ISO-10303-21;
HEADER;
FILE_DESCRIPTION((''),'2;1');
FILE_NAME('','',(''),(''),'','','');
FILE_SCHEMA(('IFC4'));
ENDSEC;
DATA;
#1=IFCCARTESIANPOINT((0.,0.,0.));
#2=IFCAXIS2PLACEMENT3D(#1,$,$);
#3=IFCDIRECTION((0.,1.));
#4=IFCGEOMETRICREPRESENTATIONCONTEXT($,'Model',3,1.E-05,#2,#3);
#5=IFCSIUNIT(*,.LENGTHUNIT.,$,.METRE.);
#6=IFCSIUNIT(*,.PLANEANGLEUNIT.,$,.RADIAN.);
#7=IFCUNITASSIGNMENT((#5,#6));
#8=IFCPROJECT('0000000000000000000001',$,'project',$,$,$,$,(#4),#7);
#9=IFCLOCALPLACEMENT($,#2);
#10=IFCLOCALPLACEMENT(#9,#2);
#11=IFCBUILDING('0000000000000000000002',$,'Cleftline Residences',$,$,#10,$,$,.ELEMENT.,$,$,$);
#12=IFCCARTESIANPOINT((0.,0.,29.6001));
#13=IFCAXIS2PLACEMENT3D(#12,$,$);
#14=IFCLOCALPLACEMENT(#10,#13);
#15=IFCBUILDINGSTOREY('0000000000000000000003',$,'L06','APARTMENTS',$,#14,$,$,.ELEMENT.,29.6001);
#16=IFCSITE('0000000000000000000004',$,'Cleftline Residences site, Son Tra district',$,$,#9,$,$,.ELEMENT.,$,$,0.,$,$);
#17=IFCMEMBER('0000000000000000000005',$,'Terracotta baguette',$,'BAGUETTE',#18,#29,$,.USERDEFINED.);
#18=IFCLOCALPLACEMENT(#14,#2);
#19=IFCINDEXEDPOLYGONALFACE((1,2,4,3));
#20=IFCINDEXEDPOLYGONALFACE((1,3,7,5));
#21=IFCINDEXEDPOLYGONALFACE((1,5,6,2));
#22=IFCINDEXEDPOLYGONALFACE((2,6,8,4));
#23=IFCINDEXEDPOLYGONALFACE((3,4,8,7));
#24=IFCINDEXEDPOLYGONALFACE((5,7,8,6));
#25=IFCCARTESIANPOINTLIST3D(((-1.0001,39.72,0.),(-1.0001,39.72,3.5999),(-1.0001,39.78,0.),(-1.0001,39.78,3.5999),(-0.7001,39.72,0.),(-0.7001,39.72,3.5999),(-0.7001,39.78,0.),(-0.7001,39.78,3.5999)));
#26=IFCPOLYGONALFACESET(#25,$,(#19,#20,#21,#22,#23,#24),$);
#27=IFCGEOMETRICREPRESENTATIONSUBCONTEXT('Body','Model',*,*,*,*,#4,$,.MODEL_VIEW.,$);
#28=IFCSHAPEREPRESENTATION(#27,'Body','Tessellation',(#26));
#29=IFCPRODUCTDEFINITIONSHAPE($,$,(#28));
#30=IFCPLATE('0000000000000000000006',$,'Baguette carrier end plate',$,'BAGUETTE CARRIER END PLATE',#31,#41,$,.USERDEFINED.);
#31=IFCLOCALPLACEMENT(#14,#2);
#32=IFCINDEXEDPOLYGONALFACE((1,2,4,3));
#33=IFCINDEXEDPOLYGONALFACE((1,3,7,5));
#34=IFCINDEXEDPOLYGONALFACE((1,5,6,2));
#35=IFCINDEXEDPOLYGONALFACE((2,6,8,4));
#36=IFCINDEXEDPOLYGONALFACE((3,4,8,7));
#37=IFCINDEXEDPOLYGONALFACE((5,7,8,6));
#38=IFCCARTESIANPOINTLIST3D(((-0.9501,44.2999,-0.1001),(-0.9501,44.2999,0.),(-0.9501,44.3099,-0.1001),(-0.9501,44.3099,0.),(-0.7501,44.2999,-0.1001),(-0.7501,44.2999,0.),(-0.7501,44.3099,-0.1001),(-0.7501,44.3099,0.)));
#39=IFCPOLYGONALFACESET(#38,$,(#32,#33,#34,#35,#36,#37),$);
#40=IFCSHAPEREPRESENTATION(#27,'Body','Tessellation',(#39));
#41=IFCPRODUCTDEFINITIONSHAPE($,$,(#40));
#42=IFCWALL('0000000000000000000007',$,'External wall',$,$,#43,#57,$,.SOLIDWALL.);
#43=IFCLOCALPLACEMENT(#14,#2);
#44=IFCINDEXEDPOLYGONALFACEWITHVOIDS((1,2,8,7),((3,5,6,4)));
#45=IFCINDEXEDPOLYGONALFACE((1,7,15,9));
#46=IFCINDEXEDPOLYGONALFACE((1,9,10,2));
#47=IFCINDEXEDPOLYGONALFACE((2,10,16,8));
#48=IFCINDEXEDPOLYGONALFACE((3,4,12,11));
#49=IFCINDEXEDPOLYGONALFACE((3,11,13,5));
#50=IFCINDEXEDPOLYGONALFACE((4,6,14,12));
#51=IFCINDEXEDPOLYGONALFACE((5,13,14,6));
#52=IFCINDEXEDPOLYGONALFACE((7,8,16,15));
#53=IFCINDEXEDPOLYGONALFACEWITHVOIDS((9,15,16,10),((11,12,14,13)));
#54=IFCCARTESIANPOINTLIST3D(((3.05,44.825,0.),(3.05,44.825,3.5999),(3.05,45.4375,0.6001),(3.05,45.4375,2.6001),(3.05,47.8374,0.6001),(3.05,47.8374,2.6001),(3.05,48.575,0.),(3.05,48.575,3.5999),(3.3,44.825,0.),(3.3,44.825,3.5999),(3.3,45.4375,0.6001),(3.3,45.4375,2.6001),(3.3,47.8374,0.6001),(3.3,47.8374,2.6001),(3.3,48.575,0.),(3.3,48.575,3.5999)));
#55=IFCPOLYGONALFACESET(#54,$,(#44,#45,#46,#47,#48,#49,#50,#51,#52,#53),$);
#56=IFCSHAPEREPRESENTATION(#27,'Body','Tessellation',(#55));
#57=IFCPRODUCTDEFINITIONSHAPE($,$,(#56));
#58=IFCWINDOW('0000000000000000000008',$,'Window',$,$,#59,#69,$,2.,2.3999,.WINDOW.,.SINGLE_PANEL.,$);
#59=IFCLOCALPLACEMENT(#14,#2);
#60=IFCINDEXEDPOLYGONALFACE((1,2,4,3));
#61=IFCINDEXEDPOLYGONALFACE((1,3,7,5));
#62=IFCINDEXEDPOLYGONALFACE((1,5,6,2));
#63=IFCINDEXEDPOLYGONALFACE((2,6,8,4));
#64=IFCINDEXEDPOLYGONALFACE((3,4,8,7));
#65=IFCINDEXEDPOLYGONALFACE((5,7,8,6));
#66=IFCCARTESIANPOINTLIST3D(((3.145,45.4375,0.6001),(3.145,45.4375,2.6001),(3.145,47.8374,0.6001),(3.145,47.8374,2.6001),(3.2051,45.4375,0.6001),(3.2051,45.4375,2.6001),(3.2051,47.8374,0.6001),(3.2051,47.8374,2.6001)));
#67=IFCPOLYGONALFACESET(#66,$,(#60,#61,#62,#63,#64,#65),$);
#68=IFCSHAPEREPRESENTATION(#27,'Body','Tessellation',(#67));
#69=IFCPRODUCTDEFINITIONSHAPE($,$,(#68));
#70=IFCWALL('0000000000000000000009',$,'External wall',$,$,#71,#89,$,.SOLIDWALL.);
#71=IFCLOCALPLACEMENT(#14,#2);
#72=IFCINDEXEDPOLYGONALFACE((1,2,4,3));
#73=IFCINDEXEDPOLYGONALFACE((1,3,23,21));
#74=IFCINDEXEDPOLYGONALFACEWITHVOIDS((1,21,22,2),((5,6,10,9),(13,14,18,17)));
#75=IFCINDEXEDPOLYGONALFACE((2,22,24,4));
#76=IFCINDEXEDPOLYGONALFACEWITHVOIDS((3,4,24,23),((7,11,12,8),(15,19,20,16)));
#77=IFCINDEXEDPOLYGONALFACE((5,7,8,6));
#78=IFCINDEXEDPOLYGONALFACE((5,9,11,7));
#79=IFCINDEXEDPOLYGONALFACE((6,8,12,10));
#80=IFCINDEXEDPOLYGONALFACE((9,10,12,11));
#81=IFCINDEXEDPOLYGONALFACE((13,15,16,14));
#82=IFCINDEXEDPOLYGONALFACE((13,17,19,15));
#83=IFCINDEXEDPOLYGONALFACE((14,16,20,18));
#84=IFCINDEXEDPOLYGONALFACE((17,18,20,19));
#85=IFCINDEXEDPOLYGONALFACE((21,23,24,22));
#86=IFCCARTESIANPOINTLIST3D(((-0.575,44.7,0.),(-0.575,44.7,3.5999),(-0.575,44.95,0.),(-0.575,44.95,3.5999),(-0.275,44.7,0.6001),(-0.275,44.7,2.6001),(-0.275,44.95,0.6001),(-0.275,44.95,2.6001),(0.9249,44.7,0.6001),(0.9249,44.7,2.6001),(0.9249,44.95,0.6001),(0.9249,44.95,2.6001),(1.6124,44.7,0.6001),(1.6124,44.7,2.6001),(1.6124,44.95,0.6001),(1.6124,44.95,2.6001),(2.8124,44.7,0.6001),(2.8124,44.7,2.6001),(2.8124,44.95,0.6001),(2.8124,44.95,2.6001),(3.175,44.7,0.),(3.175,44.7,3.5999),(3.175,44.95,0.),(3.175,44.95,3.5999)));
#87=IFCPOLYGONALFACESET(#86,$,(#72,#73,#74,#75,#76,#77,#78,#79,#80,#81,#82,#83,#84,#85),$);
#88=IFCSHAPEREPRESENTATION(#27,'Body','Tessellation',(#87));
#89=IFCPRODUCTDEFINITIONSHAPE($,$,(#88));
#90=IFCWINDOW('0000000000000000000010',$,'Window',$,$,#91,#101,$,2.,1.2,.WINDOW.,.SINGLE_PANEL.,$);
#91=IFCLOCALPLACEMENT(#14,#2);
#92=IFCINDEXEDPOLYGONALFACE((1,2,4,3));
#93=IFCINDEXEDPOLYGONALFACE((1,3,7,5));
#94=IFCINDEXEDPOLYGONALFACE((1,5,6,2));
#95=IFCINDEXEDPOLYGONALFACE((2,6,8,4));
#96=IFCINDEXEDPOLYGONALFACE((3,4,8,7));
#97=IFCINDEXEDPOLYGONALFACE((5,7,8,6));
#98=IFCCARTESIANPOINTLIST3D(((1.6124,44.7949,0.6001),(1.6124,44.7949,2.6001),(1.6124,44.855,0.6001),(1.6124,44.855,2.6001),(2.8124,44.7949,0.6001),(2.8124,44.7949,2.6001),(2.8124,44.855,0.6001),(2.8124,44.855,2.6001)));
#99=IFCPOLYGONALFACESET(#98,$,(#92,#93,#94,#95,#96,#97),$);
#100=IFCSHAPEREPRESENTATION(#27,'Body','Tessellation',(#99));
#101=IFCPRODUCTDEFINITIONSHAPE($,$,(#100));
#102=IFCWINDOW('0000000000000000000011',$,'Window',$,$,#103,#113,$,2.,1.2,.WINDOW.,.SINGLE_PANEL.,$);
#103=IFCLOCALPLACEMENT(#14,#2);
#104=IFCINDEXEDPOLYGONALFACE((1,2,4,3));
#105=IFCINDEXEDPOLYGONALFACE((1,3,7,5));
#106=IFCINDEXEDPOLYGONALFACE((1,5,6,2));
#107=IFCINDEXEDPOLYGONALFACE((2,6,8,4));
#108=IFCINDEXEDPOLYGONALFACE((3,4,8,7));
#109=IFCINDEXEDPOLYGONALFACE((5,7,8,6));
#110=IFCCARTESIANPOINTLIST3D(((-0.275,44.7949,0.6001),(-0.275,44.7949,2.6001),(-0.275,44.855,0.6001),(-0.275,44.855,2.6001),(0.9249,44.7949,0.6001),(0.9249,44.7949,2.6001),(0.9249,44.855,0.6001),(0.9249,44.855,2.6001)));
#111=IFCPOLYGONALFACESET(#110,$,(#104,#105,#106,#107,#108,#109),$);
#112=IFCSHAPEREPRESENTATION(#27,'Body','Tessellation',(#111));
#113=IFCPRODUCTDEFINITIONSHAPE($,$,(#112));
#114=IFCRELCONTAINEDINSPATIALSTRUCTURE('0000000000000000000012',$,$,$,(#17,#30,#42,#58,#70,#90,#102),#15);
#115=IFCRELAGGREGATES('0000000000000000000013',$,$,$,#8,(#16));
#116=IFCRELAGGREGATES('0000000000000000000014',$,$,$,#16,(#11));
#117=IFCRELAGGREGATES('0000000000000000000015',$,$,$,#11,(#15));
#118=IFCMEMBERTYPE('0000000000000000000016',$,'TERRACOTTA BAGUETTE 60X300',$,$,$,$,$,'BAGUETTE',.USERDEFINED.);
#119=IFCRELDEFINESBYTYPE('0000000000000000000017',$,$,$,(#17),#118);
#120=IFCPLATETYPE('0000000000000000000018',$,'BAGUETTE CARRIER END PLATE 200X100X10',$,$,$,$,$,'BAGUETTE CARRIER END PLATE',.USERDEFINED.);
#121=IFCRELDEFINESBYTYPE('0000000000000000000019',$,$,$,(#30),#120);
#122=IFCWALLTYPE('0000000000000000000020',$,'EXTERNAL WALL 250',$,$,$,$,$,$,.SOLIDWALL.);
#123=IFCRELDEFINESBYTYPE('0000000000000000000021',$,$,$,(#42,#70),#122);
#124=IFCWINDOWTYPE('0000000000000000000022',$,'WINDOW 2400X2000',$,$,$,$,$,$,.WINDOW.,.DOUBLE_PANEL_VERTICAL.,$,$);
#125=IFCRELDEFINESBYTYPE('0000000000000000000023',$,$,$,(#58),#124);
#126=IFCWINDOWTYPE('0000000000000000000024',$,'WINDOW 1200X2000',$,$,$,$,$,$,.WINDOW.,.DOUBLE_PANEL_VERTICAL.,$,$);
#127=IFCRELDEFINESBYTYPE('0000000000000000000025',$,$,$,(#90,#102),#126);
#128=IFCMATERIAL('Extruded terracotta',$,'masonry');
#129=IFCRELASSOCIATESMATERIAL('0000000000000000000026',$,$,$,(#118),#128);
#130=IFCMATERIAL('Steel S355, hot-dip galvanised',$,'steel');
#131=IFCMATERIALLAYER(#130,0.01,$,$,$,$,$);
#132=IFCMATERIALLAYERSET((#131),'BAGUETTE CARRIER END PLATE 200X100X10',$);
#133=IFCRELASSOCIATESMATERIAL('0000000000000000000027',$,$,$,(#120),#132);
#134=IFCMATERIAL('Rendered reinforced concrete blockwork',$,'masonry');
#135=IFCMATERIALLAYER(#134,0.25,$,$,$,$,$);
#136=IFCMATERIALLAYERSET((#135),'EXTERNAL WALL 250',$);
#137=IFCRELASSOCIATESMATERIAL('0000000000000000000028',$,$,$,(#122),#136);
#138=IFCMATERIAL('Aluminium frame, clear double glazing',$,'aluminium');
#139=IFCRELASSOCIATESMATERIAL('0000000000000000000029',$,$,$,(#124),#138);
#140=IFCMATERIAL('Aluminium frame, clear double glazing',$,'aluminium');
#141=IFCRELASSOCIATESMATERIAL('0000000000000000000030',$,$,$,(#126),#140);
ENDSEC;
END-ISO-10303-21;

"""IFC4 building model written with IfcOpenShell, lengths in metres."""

from ifc_helpers import new_model, si_unit, direction, frame, frame_2d, origin, origin_2d, place, context, subcontext, project, spatial, rectangle, extrude, material, layer, layer_set, material_profile, profile_set, type_object, element, fill, save


model = new_model("IFC4")

# Units and contexts
model_context = context("Model", 3, precision=1e-05, world=origin(), true_north=direction((0.0, 1.0)))
body_context = subcontext(model_context, "Body", "Model", "MODEL_VIEW")
ifc_project = project(units=[si_unit("LENGTHUNIT", "METRE"), si_unit("PLANEANGLEUNIT", "RADIAN")], contexts=[model_context])

# Site, building, storey
site_placement = place(None, origin())
site = spatial("IfcSite", under=ifc_project, at=site_placement, Name="Cleftline Residences site, Son Tra district", CompositionType="ELEMENT", RefElevation=0.0)
building_placement = place(site_placement, origin())
building = spatial("IfcBuilding", under=site, at=building_placement, Name="Cleftline Residences", CompositionType="ELEMENT")
storey_placement = place(building_placement, frame((0.0, 0.0, 29.6001)))
storey = spatial("IfcBuildingStorey", under=building, at=storey_placement, Name="L06", Description="APARTMENTS", CompositionType="ELEMENT", Elevation=29.6001)

# Member
ifc_material_1 = material(Name="Extruded terracotta", Category="masonry")
ifc_material_profile_1 = material_profile(ifc_material_1, rectangle(XDim=0.0601, YDim=0.3, at=origin_2d()))
ifc_profile_set_1 = profile_set([ifc_material_profile_1], Name="Extruded terracotta")
member_type_1 = type_object("IfcMemberType", Name="TERRACOTTA BAGUETTE 60X300", ElementType="BAGUETTE", PredefinedType="USERDEFINED", material=ifc_profile_set_1)
for number, where, z_axis, x_axis, name in (
    (1, (-0.8501, 39.75, 0.0), (0.0, 0.0, 1.0), (0.0, 1.0, 0.0), "Terracotta baguette"),
):
    element("IfcMember", number, at=place(storey_placement, frame(where, z_axis=z_axis, x_axis=x_axis)), inside=storey, type_object=member_type_1, Name=name, ObjectType="BAGUETTE", PredefinedType="USERDEFINED", context=body_context, shape_type="SweptSolid", body=[
        extrude(rectangle(XDim=0.0601, YDim=0.3, at=origin_2d()), origin(), (0.0, 0.0, 1.0), 3.5999),
    ])

# Plate
ifc_material_2 = material(Name="Steel S355, hot-dip galvanised", Category="steel")
ifc_layer_1 = layer(ifc_material_2, 0.01)
ifc_layer_set_1 = layer_set([ifc_layer_1], Name="BAGUETTE CARRIER END PLATE 200X100X10")
plate_type = type_object("IfcPlateType", Name="BAGUETTE CARRIER END PLATE 200X100X10", ElementType="BAGUETTE CARRIER END PLATE", PredefinedType="USERDEFINED", material=ifc_layer_set_1)
plate_placement = place(storey_placement, frame((-0.8501, 44.3049, -0.1001), z_axis=(0.0, 0.0, 1.0), x_axis=(-1.0, 0.0, 0.0)))
element("IfcPlate", 2, at=plate_placement, inside=storey, type_object=plate_type, Name="Baguette carrier end plate", ObjectType="BAGUETTE CARRIER END PLATE", PredefinedType="USERDEFINED", context=body_context, shape_type="SweptSolid", body=[
    extrude(rectangle(XDim=0.2, YDim=0.01, at=origin_2d()), origin(), (0.0, 0.0, 1.0), 0.1001),
])

# Wall, opening, window
ifc_material_3 = material(Name="Rendered reinforced concrete blockwork", Category="masonry")
ifc_layer_2 = layer(ifc_material_3, 0.25)
ifc_layer_set_2 = layer_set([ifc_layer_2], Name="EXTERNAL WALL 250")
wall_type_1 = type_object("IfcWallType", Name="EXTERNAL WALL 250", PredefinedType="SOLIDWALL", material=ifc_layer_set_2)
wall_1_placement = place(storey_placement, frame((3.175, 48.575, 0.0), z_axis=(0.0, 0.0, 1.0), x_axis=(0.0, -1.0, 0.0)))
wall_1 = element("IfcWall", 3, at=wall_1_placement, inside=storey, type_object=wall_type_1, Name="External wall", PredefinedType="SOLIDWALL", context=body_context, shape_type="SweptSolid", body=[
    extrude(rectangle(XDim=3.75, YDim=0.25, at=frame_2d((1.875, 0.0))), origin(), (0.0, 0.0, 1.0), 3.5999),
])
opening_1_placement = place(wall_1_placement, frame((0.7375, 0.0, 0.6001)))
opening_1 = element("IfcOpeningElement", 4, at=opening_1_placement, cuts=wall_1, PredefinedType="OPENING", context=body_context, shape_type="SweptSolid", body=[
    extrude(rectangle(XDim=2.3999, YDim=2.0, at=frame_2d((1.2, 1.0))), frame((0.0, 0.135, 0.0), z_axis=(0.0, -1.0, 0.0), x_axis=(1.0, 0.0, 0.0)), (0.0, 0.0, 1.0), 0.27),
])
ifc_material_4 = material(Name="Aluminium frame, clear double glazing", Category="aluminium")
window_type_1 = type_object("IfcWindowType", Name="WINDOW 2400X2000", PartitioningType="DOUBLE_PANEL_VERTICAL", PredefinedType="WINDOW", material=ifc_material_4)
window_1_placement = place(opening_1_placement, origin())
window_1 = element("IfcWindow", 5, at=window_1_placement, inside=storey, type_object=window_type_1, Name="Window", OverallHeight=2.0, OverallWidth=2.3999, PartitioningType="SINGLE_PANEL", PredefinedType="WINDOW", context=body_context, shape_type="SweptSolid", body=[
    extrude(rectangle(XDim=2.3999, YDim=2.0, at=frame_2d((1.2, 1.0))), frame((0.0, 0.03, 0.0), z_axis=(0.0, -1.0, 0.0), x_axis=(1.0, 0.0, 0.0)), (0.0, 0.0, 1.0), 0.0601),
])
fill(opening_1, window_1)

# Wall, openings, windows
wall_2_placement = place(storey_placement, frame((3.175, 44.825, 0.0), z_axis=(0.0, 0.0, 1.0), x_axis=(-1.0, 0.0, 0.0)))
wall_2 = element("IfcWall", 6, at=wall_2_placement, inside=storey, type_object=wall_type_1, Name="External wall", PredefinedType="SOLIDWALL", context=body_context, shape_type="SweptSolid", body=[
    extrude(rectangle(XDim=3.75, YDim=0.25, at=frame_2d((1.875, 0.0))), origin(), (0.0, 0.0, 1.0), 3.5999),
])
opening_2_placement = place(wall_2_placement, frame((0.3625, 0.0, 0.6001)))
opening_2 = element("IfcOpeningElement", 7, at=opening_2_placement, cuts=wall_2, PredefinedType="OPENING", context=body_context, shape_type="SweptSolid", body=[
    extrude(rectangle(XDim=1.2, YDim=2.0, at=frame_2d((0.6001, 1.0))), frame((0.0, 0.135, 0.0), z_axis=(0.0, -1.0, 0.0), x_axis=(1.0, 0.0, 0.0)), (0.0, 0.0, 1.0), 0.27),
])
opening_3_placement = place(wall_2_placement, frame((2.25, 0.0, 0.6001)))
opening_3 = element("IfcOpeningElement", 8, at=opening_3_placement, cuts=wall_2, PredefinedType="OPENING", context=body_context, shape_type="SweptSolid", body=[
    extrude(rectangle(XDim=1.2, YDim=2.0, at=frame_2d((0.6001, 1.0))), frame((0.0, 0.135, 0.0), z_axis=(0.0, -1.0, 0.0), x_axis=(1.0, 0.0, 0.0)), (0.0, 0.0, 1.0), 0.27),
])
ifc_material_5 = material(Name="Aluminium frame, clear double glazing", Category="aluminium")
window_type_2 = type_object("IfcWindowType", Name="WINDOW 1200X2000", PartitioningType="DOUBLE_PANEL_VERTICAL", PredefinedType="WINDOW", material=ifc_material_5)
window_2_placement = place(opening_2_placement, origin())
window_2 = element("IfcWindow", 9, at=window_2_placement, inside=storey, type_object=window_type_2, Name="Window", OverallHeight=2.0, OverallWidth=1.2, PartitioningType="SINGLE_PANEL", PredefinedType="WINDOW", context=body_context, shape_type="SweptSolid", body=[
    extrude(rectangle(XDim=1.2, YDim=2.0, at=frame_2d((0.6001, 1.0))), frame((0.0, 0.03, 0.0), z_axis=(0.0, -1.0, 0.0), x_axis=(1.0, 0.0, 0.0)), (0.0, 0.0, 1.0), 0.0601),
])
fill(opening_2, window_2)
window_3_placement = place(opening_3_placement, origin())
window_3 = element("IfcWindow", 10, at=window_3_placement, inside=storey, type_object=window_type_2, Name="Window", OverallHeight=2.0, OverallWidth=1.2, PartitioningType="SINGLE_PANEL", PredefinedType="WINDOW", context=body_context, shape_type="SweptSolid", body=[
    extrude(rectangle(XDim=1.2, YDim=2.0, at=frame_2d((0.6001, 1.0))), frame((0.0, 0.03, 0.0), z_axis=(0.0, -1.0, 0.0), x_axis=(1.0, 0.0, 0.0)), (0.0, 0.0, 1.0), 0.0601),
])
fill(opening_3, window_3)

save(model, "model.ifc")
